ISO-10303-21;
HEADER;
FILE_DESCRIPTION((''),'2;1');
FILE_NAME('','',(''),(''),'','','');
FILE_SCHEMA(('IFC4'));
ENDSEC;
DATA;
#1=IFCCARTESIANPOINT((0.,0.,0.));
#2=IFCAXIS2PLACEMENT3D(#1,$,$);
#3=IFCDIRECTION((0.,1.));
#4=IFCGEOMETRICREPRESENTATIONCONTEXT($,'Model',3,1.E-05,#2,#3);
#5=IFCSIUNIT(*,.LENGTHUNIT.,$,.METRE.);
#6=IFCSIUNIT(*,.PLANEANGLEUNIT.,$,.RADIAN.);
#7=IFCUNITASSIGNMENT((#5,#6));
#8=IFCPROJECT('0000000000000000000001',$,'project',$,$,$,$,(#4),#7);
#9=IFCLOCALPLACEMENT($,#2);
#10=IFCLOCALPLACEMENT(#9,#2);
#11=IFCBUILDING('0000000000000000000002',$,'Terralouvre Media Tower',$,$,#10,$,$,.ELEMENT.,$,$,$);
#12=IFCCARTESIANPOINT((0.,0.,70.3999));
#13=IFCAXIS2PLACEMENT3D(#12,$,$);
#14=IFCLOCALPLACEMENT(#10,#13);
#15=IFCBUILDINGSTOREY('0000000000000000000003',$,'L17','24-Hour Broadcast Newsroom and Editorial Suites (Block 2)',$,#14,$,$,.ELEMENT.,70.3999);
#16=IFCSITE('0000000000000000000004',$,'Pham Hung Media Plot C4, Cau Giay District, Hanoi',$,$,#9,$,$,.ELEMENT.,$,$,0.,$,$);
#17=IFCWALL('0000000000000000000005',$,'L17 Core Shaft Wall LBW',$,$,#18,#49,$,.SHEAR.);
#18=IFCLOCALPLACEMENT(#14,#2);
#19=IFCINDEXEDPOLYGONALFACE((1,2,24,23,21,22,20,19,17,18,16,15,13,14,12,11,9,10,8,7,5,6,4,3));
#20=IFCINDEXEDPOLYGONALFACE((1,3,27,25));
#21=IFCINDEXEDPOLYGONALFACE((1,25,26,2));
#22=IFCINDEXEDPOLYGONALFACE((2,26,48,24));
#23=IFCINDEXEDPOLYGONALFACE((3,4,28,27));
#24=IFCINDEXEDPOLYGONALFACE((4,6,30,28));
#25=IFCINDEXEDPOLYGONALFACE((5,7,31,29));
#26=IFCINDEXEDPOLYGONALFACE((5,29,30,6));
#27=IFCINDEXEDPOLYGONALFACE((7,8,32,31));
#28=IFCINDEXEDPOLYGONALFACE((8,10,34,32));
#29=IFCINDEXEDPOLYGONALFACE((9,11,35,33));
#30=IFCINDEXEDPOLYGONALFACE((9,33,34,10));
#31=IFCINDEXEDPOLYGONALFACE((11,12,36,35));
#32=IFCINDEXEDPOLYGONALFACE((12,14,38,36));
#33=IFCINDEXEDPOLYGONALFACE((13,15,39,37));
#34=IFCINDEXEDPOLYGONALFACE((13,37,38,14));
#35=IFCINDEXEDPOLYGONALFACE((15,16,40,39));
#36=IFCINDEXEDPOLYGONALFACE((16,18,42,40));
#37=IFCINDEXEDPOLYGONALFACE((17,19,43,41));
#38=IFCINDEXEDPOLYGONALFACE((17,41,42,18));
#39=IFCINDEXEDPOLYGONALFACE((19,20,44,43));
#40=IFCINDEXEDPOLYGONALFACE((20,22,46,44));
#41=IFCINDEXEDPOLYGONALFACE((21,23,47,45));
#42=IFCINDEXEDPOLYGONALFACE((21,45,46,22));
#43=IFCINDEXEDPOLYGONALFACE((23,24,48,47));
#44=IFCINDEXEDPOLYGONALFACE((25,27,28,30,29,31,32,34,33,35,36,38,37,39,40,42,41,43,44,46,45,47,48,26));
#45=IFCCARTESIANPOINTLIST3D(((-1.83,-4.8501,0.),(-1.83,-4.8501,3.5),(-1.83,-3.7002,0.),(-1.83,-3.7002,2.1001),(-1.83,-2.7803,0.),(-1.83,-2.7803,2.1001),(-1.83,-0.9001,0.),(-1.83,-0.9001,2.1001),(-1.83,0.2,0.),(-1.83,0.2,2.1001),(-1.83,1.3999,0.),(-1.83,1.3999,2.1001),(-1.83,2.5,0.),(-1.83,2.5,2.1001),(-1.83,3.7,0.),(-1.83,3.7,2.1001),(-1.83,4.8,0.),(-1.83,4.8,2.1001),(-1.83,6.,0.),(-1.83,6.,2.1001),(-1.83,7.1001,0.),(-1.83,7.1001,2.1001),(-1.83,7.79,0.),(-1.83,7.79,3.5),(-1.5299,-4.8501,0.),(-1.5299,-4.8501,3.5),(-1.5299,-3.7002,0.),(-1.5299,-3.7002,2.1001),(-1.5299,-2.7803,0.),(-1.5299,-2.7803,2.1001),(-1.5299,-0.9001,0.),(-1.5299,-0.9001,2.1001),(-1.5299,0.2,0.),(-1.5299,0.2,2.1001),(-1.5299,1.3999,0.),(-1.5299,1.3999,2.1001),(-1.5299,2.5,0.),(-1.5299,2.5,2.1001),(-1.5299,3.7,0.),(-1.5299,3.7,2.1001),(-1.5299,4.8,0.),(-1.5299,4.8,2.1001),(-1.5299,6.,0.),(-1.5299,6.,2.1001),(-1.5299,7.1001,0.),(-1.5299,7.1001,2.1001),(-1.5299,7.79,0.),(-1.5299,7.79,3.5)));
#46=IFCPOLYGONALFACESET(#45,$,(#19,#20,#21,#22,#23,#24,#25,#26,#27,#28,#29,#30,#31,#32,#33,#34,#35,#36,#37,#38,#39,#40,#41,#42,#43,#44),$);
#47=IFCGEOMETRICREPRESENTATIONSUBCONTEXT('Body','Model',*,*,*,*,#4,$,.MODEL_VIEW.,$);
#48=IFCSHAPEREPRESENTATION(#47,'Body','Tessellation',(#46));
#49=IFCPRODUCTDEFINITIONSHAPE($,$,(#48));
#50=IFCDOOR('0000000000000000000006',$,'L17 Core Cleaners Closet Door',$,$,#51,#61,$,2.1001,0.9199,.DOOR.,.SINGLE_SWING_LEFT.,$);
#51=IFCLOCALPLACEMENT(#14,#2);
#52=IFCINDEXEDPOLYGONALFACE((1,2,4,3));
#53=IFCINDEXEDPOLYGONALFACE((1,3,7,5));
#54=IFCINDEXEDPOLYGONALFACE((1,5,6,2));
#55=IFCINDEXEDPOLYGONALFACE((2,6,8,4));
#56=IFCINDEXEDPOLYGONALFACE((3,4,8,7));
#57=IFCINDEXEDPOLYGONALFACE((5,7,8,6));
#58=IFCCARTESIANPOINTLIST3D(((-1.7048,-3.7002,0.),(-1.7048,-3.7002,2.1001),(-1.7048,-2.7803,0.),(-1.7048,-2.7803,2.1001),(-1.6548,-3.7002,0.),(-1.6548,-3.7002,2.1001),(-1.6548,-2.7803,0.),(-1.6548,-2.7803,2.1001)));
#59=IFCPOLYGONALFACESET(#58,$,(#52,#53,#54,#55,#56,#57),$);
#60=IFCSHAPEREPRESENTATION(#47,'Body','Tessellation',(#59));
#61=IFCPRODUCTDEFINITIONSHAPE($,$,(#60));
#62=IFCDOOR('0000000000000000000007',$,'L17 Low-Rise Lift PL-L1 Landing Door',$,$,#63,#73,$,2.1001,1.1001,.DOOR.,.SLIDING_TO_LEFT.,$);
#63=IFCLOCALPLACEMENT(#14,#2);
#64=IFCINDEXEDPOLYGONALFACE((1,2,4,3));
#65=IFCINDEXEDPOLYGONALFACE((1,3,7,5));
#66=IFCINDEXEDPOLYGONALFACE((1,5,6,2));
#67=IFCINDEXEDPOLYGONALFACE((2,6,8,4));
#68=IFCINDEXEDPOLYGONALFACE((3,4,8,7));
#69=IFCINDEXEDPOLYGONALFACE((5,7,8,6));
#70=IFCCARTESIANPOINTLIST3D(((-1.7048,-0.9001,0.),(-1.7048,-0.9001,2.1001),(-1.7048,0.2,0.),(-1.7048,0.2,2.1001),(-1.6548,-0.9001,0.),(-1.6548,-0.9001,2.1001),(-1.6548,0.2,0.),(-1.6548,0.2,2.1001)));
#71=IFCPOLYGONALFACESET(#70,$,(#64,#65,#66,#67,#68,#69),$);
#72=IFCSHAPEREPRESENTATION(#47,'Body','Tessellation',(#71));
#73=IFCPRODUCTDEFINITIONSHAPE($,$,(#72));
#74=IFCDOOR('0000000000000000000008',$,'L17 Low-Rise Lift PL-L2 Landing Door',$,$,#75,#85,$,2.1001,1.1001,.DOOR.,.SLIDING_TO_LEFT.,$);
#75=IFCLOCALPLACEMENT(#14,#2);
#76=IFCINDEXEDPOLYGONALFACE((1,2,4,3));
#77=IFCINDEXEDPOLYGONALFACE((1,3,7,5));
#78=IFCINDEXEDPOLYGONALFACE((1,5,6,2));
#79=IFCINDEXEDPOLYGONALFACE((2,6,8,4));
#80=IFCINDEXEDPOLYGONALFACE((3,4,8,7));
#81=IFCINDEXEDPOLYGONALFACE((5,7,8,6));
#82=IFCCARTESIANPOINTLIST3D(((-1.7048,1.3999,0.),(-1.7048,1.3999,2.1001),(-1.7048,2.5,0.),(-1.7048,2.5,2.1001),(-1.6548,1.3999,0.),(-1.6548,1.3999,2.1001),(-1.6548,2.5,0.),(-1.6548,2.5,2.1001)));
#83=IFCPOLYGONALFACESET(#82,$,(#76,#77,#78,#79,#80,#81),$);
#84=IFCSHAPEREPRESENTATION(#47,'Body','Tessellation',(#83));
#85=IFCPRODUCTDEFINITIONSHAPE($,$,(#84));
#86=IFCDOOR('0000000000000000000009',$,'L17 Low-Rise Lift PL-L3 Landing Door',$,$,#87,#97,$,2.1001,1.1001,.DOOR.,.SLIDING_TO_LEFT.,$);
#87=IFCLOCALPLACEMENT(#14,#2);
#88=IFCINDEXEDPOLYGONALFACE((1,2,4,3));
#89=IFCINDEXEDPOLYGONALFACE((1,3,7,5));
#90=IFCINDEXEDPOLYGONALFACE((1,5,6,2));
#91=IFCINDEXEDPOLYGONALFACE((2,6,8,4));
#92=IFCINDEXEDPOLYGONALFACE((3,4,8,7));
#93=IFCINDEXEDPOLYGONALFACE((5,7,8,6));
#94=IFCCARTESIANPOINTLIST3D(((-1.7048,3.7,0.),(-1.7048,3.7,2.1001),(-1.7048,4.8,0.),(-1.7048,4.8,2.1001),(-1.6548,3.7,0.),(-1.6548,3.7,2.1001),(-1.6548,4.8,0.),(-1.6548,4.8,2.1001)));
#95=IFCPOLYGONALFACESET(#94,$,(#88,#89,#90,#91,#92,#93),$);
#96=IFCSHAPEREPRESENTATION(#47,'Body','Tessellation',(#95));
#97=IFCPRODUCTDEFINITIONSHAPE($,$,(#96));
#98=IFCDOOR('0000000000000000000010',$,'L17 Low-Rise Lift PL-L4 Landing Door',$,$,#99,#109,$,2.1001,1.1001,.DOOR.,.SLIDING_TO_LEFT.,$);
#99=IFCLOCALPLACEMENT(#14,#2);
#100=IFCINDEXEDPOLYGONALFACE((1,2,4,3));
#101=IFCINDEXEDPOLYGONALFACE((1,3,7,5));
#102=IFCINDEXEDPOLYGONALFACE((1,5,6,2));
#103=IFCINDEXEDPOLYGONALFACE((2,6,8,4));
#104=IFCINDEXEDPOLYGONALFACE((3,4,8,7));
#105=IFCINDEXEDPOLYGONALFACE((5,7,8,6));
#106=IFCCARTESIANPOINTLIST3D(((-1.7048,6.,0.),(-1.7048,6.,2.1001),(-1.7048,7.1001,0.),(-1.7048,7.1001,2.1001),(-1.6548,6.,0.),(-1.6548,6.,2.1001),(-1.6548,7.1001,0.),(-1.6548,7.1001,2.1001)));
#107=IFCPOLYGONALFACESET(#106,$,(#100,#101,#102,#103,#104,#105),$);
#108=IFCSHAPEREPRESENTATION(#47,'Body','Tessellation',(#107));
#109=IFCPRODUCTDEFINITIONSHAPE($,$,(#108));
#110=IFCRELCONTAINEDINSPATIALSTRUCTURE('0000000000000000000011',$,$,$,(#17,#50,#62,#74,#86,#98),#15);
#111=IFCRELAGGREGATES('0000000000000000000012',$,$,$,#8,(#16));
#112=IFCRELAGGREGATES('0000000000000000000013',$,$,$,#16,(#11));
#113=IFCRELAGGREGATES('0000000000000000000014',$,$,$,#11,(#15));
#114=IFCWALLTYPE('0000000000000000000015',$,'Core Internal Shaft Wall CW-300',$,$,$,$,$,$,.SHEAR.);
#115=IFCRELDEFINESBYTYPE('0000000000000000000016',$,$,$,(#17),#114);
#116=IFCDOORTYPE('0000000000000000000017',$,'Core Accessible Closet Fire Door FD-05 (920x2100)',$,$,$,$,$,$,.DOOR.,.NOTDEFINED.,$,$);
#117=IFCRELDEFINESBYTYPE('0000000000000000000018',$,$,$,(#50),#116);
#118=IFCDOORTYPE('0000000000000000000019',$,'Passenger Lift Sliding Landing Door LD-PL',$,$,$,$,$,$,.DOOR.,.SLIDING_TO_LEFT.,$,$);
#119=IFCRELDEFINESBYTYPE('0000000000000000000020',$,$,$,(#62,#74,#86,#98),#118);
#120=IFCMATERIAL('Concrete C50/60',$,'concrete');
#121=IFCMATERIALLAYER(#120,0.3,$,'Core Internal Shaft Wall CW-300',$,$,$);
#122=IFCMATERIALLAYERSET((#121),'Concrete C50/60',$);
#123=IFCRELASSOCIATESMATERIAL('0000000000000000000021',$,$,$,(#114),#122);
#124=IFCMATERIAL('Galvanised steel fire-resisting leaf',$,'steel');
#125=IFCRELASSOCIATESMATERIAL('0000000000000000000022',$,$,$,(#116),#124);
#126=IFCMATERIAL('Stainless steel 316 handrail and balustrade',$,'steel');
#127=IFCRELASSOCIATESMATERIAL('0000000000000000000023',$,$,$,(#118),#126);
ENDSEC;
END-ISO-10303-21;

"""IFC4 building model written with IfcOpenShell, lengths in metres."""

from ifc_helpers import new_model, si_unit, direction, frame, frame_2d, origin, place, context, subcontext, project, spatial, rectangle, extrude, material, layer, layer_set, type_object, element, fill, save


model = new_model("IFC4")

# Units and contexts
model_context = context("Model", 3, precision=1e-05, world=origin(), true_north=direction((0.0, 1.0)))
body_context = subcontext(model_context, "Body", "Model", "MODEL_VIEW")
ifc_project = project(units=[si_unit("LENGTHUNIT", "METRE"), si_unit("PLANEANGLEUNIT", "RADIAN")], contexts=[model_context])

# Site, building, storey
site_placement = place(None, origin())
site = spatial("IfcSite", under=ifc_project, at=site_placement, Name="Pham Hung Media Plot C4, Cau Giay District, Hanoi", CompositionType="ELEMENT", RefElevation=0.0)
building_placement = place(site_placement, origin())
building = spatial("IfcBuilding", under=site, at=building_placement, Name="Terralouvre Media Tower", CompositionType="ELEMENT")
storey_placement = place(building_placement, frame((0.0, 0.0, 70.3999)))
storey = spatial("IfcBuildingStorey", under=building, at=storey_placement, Name="L17", Description="24-Hour Broadcast Newsroom and Editorial Suites (Block 2)", CompositionType="ELEMENT", Elevation=70.3999)

# Shared definitions
ifc_material_1 = material(Name="Concrete C50/60", Category="concrete")
ifc_layer_1 = layer(ifc_material_1, 0.3, Name="Core Internal Shaft Wall CW-300")
ifc_layer_set_1 = layer_set([ifc_layer_1], Name="Concrete C50/60")
wall_type_1 = type_object("IfcWallType", Name="Core Internal Shaft Wall CW-300", PredefinedType="SHEAR", material=ifc_layer_set_1)

# Wall, openings, doors
wall_1_placement = place(storey_placement, frame((-1.6799, -4.8501, 0.0), z_axis=(0.0, 0.0, 1.0), x_axis=(0.0, 1.0, 0.0)))
wall_1 = element("IfcWall", 1, at=wall_1_placement, inside=storey, type_object=wall_type_1, Name="L17 Core Shaft Wall LBW", PredefinedType="SHEAR", context=body_context, shape_type="SweptSolid", body=[
    extrude(rectangle(XDim=12.6401, YDim=0.3, at=frame_2d((6.3201, 0.0))), origin(), (0.0, 0.0, 1.0), 3.5),
])
opening_1_placement = place(wall_1_placement, frame((3.95, 0.0, 0.0)))
opening_1 = element("IfcOpeningElement", 2, at=opening_1_placement, cuts=wall_1, PredefinedType="OPENING", context=body_context, shape_type="SweptSolid", body=[
    extrude(rectangle(XDim=1.1001, YDim=2.1001, at=frame_2d((0.55, 1.05))), frame((0.0, 0.1599, 0.0), z_axis=(0.0, -1.0, 0.0), x_axis=(1.0, 0.0, 0.0)), (0.0, 0.0, 1.0), 0.3201),
])
opening_2_placement = place(wall_1_placement, frame((6.25, 0.0, 0.0)))
opening_2 = element("IfcOpeningElement", 3, at=opening_2_placement, cuts=wall_1, PredefinedType="OPENING", context=body_context, shape_type="SweptSolid", body=[
    extrude(rectangle(XDim=1.1001, YDim=2.1001, at=frame_2d((0.55, 1.05))), frame((0.0, 0.1599, 0.0), z_axis=(0.0, -1.0, 0.0), x_axis=(1.0, 0.0, 0.0)), (0.0, 0.0, 1.0), 0.3201),
])
opening_3_placement = place(wall_1_placement, frame((8.55, 0.0, 0.0)))
opening_3 = element("IfcOpeningElement", 4, at=opening_3_placement, cuts=wall_1, PredefinedType="OPENING", context=body_context, shape_type="SweptSolid", body=[
    extrude(rectangle(XDim=1.1001, YDim=2.1001, at=frame_2d((0.55, 1.05))), frame((0.0, 0.1599, 0.0), z_axis=(0.0, -1.0, 0.0), x_axis=(1.0, 0.0, 0.0)), (0.0, 0.0, 1.0), 0.3201),
])
opening_4_placement = place(wall_1_placement, frame((10.8501, 0.0, 0.0)))
opening_4 = element("IfcOpeningElement", 5, at=opening_4_placement, cuts=wall_1, PredefinedType="OPENING", context=body_context, shape_type="SweptSolid", body=[
    extrude(rectangle(XDim=1.1001, YDim=2.1001, at=frame_2d((0.55, 1.05))), frame((0.0, 0.1599, 0.0), z_axis=(0.0, -1.0, 0.0), x_axis=(1.0, 0.0, 0.0)), (0.0, 0.0, 1.0), 0.3201),
])
opening_5_placement = place(wall_1_placement, frame((1.1499, 0.0, 0.0)))
opening_5 = element("IfcOpeningElement", 6, at=opening_5_placement, cuts=wall_1, PredefinedType="OPENING", context=body_context, shape_type="SweptSolid", body=[
    extrude(rectangle(XDim=0.9199, YDim=2.1001, at=frame_2d((0.46, 1.05))), frame((0.0, 0.1599, 0.0), z_axis=(0.0, -1.0, 0.0), x_axis=(1.0, 0.0, 0.0)), (0.0, 0.0, 1.0), 0.3201),
])
ifc_material_2 = material(Name="Galvanised steel fire-resisting leaf", Category="steel")
door_type_1 = type_object("IfcDoorType", Name="Core Accessible Closet Fire Door FD-05 (920x2100)", OperationType="NOTDEFINED", PredefinedType="DOOR", material=ifc_material_2)
door_1_placement = place(opening_5_placement, origin())
door_1 = element("IfcDoor", 7, at=door_1_placement, inside=storey, type_object=door_type_1, Name="L17 Core Cleaners Closet Door", OperationType="SINGLE_SWING_LEFT", OverallHeight=2.1001, OverallWidth=0.9199, PredefinedType="DOOR", context=body_context, shape_type="SweptSolid", body=[
    extrude(rectangle(XDim=0.9199, YDim=2.1001, at=frame_2d((0.46, 1.05))), frame((0.0, 0.0249, 0.0), z_axis=(0.0, -1.0, 0.0), x_axis=(1.0, 0.0, 0.0)), (0.0, 0.0, 1.0), 0.05),
])
fill(opening_5, door_1)
ifc_material_3 = material(Name="Stainless steel 316 handrail and balustrade", Category="steel")
door_type_2 = type_object("IfcDoorType", Name="Passenger Lift Sliding Landing Door LD-PL", OperationType="SLIDING_TO_LEFT", PredefinedType="DOOR", material=ifc_material_3)
door_2_placement = place(opening_1_placement, origin())
door_2 = element("IfcDoor", 8, at=door_2_placement, inside=storey, type_object=door_type_2, Name="L17 Low-Rise Lift PL-L1 Landing Door", OperationType="SLIDING_TO_LEFT", OverallHeight=2.1001, OverallWidth=1.1001, PredefinedType="DOOR", context=body_context, shape_type="SweptSolid", body=[
    extrude(rectangle(XDim=1.1001, YDim=2.1001, at=frame_2d((0.55, 1.05))), frame((0.0, 0.0249, 0.0), z_axis=(0.0, -1.0, 0.0), x_axis=(1.0, 0.0, 0.0)), (0.0, 0.0, 1.0), 0.05),
])
fill(opening_1, door_2)
door_3_placement = place(opening_2_placement, origin())
door_3 = element("IfcDoor", 9, at=door_3_placement, inside=storey, type_object=door_type_2, Name="L17 Low-Rise Lift PL-L2 Landing Door", OperationType="SLIDING_TO_LEFT", OverallHeight=2.1001, OverallWidth=1.1001, PredefinedType="DOOR", context=body_context, shape_type="SweptSolid", body=[
    extrude(rectangle(XDim=1.1001, YDim=2.1001, at=frame_2d((0.55, 1.05))), frame((0.0, 0.0249, 0.0), z_axis=(0.0, -1.0, 0.0), x_axis=(1.0, 0.0, 0.0)), (0.0, 0.0, 1.0), 0.05),
])
fill(opening_2, door_3)
door_4_placement = place(opening_3_placement, origin())
door_4 = element("IfcDoor", 10, at=door_4_placement, inside=storey, type_object=door_type_2, Name="L17 Low-Rise Lift PL-L3 Landing Door", OperationType="SLIDING_TO_LEFT", OverallHeight=2.1001, OverallWidth=1.1001, PredefinedType="DOOR", context=body_context, shape_type="SweptSolid", body=[
    extrude(rectangle(XDim=1.1001, YDim=2.1001, at=frame_2d((0.55, 1.05))), frame((0.0, 0.0249, 0.0), z_axis=(0.0, -1.0, 0.0), x_axis=(1.0, 0.0, 0.0)), (0.0, 0.0, 1.0), 0.05),
])
fill(opening_3, door_4)
door_5_placement = place(opening_4_placement, origin())
door_5 = element("IfcDoor", 11, at=door_5_placement, inside=storey, type_object=door_type_2, Name="L17 Low-Rise Lift PL-L4 Landing Door", OperationType="SLIDING_TO_LEFT", OverallHeight=2.1001, OverallWidth=1.1001, PredefinedType="DOOR", context=body_context, shape_type="SweptSolid", body=[
    extrude(rectangle(XDim=1.1001, YDim=2.1001, at=frame_2d((0.55, 1.05))), frame((0.0, 0.0249, 0.0), z_axis=(0.0, -1.0, 0.0), x_axis=(1.0, 0.0, 0.0)), (0.0, 0.0, 1.0), 0.05),
])
fill(opening_4, door_5)

save(model, "model.ifc")
